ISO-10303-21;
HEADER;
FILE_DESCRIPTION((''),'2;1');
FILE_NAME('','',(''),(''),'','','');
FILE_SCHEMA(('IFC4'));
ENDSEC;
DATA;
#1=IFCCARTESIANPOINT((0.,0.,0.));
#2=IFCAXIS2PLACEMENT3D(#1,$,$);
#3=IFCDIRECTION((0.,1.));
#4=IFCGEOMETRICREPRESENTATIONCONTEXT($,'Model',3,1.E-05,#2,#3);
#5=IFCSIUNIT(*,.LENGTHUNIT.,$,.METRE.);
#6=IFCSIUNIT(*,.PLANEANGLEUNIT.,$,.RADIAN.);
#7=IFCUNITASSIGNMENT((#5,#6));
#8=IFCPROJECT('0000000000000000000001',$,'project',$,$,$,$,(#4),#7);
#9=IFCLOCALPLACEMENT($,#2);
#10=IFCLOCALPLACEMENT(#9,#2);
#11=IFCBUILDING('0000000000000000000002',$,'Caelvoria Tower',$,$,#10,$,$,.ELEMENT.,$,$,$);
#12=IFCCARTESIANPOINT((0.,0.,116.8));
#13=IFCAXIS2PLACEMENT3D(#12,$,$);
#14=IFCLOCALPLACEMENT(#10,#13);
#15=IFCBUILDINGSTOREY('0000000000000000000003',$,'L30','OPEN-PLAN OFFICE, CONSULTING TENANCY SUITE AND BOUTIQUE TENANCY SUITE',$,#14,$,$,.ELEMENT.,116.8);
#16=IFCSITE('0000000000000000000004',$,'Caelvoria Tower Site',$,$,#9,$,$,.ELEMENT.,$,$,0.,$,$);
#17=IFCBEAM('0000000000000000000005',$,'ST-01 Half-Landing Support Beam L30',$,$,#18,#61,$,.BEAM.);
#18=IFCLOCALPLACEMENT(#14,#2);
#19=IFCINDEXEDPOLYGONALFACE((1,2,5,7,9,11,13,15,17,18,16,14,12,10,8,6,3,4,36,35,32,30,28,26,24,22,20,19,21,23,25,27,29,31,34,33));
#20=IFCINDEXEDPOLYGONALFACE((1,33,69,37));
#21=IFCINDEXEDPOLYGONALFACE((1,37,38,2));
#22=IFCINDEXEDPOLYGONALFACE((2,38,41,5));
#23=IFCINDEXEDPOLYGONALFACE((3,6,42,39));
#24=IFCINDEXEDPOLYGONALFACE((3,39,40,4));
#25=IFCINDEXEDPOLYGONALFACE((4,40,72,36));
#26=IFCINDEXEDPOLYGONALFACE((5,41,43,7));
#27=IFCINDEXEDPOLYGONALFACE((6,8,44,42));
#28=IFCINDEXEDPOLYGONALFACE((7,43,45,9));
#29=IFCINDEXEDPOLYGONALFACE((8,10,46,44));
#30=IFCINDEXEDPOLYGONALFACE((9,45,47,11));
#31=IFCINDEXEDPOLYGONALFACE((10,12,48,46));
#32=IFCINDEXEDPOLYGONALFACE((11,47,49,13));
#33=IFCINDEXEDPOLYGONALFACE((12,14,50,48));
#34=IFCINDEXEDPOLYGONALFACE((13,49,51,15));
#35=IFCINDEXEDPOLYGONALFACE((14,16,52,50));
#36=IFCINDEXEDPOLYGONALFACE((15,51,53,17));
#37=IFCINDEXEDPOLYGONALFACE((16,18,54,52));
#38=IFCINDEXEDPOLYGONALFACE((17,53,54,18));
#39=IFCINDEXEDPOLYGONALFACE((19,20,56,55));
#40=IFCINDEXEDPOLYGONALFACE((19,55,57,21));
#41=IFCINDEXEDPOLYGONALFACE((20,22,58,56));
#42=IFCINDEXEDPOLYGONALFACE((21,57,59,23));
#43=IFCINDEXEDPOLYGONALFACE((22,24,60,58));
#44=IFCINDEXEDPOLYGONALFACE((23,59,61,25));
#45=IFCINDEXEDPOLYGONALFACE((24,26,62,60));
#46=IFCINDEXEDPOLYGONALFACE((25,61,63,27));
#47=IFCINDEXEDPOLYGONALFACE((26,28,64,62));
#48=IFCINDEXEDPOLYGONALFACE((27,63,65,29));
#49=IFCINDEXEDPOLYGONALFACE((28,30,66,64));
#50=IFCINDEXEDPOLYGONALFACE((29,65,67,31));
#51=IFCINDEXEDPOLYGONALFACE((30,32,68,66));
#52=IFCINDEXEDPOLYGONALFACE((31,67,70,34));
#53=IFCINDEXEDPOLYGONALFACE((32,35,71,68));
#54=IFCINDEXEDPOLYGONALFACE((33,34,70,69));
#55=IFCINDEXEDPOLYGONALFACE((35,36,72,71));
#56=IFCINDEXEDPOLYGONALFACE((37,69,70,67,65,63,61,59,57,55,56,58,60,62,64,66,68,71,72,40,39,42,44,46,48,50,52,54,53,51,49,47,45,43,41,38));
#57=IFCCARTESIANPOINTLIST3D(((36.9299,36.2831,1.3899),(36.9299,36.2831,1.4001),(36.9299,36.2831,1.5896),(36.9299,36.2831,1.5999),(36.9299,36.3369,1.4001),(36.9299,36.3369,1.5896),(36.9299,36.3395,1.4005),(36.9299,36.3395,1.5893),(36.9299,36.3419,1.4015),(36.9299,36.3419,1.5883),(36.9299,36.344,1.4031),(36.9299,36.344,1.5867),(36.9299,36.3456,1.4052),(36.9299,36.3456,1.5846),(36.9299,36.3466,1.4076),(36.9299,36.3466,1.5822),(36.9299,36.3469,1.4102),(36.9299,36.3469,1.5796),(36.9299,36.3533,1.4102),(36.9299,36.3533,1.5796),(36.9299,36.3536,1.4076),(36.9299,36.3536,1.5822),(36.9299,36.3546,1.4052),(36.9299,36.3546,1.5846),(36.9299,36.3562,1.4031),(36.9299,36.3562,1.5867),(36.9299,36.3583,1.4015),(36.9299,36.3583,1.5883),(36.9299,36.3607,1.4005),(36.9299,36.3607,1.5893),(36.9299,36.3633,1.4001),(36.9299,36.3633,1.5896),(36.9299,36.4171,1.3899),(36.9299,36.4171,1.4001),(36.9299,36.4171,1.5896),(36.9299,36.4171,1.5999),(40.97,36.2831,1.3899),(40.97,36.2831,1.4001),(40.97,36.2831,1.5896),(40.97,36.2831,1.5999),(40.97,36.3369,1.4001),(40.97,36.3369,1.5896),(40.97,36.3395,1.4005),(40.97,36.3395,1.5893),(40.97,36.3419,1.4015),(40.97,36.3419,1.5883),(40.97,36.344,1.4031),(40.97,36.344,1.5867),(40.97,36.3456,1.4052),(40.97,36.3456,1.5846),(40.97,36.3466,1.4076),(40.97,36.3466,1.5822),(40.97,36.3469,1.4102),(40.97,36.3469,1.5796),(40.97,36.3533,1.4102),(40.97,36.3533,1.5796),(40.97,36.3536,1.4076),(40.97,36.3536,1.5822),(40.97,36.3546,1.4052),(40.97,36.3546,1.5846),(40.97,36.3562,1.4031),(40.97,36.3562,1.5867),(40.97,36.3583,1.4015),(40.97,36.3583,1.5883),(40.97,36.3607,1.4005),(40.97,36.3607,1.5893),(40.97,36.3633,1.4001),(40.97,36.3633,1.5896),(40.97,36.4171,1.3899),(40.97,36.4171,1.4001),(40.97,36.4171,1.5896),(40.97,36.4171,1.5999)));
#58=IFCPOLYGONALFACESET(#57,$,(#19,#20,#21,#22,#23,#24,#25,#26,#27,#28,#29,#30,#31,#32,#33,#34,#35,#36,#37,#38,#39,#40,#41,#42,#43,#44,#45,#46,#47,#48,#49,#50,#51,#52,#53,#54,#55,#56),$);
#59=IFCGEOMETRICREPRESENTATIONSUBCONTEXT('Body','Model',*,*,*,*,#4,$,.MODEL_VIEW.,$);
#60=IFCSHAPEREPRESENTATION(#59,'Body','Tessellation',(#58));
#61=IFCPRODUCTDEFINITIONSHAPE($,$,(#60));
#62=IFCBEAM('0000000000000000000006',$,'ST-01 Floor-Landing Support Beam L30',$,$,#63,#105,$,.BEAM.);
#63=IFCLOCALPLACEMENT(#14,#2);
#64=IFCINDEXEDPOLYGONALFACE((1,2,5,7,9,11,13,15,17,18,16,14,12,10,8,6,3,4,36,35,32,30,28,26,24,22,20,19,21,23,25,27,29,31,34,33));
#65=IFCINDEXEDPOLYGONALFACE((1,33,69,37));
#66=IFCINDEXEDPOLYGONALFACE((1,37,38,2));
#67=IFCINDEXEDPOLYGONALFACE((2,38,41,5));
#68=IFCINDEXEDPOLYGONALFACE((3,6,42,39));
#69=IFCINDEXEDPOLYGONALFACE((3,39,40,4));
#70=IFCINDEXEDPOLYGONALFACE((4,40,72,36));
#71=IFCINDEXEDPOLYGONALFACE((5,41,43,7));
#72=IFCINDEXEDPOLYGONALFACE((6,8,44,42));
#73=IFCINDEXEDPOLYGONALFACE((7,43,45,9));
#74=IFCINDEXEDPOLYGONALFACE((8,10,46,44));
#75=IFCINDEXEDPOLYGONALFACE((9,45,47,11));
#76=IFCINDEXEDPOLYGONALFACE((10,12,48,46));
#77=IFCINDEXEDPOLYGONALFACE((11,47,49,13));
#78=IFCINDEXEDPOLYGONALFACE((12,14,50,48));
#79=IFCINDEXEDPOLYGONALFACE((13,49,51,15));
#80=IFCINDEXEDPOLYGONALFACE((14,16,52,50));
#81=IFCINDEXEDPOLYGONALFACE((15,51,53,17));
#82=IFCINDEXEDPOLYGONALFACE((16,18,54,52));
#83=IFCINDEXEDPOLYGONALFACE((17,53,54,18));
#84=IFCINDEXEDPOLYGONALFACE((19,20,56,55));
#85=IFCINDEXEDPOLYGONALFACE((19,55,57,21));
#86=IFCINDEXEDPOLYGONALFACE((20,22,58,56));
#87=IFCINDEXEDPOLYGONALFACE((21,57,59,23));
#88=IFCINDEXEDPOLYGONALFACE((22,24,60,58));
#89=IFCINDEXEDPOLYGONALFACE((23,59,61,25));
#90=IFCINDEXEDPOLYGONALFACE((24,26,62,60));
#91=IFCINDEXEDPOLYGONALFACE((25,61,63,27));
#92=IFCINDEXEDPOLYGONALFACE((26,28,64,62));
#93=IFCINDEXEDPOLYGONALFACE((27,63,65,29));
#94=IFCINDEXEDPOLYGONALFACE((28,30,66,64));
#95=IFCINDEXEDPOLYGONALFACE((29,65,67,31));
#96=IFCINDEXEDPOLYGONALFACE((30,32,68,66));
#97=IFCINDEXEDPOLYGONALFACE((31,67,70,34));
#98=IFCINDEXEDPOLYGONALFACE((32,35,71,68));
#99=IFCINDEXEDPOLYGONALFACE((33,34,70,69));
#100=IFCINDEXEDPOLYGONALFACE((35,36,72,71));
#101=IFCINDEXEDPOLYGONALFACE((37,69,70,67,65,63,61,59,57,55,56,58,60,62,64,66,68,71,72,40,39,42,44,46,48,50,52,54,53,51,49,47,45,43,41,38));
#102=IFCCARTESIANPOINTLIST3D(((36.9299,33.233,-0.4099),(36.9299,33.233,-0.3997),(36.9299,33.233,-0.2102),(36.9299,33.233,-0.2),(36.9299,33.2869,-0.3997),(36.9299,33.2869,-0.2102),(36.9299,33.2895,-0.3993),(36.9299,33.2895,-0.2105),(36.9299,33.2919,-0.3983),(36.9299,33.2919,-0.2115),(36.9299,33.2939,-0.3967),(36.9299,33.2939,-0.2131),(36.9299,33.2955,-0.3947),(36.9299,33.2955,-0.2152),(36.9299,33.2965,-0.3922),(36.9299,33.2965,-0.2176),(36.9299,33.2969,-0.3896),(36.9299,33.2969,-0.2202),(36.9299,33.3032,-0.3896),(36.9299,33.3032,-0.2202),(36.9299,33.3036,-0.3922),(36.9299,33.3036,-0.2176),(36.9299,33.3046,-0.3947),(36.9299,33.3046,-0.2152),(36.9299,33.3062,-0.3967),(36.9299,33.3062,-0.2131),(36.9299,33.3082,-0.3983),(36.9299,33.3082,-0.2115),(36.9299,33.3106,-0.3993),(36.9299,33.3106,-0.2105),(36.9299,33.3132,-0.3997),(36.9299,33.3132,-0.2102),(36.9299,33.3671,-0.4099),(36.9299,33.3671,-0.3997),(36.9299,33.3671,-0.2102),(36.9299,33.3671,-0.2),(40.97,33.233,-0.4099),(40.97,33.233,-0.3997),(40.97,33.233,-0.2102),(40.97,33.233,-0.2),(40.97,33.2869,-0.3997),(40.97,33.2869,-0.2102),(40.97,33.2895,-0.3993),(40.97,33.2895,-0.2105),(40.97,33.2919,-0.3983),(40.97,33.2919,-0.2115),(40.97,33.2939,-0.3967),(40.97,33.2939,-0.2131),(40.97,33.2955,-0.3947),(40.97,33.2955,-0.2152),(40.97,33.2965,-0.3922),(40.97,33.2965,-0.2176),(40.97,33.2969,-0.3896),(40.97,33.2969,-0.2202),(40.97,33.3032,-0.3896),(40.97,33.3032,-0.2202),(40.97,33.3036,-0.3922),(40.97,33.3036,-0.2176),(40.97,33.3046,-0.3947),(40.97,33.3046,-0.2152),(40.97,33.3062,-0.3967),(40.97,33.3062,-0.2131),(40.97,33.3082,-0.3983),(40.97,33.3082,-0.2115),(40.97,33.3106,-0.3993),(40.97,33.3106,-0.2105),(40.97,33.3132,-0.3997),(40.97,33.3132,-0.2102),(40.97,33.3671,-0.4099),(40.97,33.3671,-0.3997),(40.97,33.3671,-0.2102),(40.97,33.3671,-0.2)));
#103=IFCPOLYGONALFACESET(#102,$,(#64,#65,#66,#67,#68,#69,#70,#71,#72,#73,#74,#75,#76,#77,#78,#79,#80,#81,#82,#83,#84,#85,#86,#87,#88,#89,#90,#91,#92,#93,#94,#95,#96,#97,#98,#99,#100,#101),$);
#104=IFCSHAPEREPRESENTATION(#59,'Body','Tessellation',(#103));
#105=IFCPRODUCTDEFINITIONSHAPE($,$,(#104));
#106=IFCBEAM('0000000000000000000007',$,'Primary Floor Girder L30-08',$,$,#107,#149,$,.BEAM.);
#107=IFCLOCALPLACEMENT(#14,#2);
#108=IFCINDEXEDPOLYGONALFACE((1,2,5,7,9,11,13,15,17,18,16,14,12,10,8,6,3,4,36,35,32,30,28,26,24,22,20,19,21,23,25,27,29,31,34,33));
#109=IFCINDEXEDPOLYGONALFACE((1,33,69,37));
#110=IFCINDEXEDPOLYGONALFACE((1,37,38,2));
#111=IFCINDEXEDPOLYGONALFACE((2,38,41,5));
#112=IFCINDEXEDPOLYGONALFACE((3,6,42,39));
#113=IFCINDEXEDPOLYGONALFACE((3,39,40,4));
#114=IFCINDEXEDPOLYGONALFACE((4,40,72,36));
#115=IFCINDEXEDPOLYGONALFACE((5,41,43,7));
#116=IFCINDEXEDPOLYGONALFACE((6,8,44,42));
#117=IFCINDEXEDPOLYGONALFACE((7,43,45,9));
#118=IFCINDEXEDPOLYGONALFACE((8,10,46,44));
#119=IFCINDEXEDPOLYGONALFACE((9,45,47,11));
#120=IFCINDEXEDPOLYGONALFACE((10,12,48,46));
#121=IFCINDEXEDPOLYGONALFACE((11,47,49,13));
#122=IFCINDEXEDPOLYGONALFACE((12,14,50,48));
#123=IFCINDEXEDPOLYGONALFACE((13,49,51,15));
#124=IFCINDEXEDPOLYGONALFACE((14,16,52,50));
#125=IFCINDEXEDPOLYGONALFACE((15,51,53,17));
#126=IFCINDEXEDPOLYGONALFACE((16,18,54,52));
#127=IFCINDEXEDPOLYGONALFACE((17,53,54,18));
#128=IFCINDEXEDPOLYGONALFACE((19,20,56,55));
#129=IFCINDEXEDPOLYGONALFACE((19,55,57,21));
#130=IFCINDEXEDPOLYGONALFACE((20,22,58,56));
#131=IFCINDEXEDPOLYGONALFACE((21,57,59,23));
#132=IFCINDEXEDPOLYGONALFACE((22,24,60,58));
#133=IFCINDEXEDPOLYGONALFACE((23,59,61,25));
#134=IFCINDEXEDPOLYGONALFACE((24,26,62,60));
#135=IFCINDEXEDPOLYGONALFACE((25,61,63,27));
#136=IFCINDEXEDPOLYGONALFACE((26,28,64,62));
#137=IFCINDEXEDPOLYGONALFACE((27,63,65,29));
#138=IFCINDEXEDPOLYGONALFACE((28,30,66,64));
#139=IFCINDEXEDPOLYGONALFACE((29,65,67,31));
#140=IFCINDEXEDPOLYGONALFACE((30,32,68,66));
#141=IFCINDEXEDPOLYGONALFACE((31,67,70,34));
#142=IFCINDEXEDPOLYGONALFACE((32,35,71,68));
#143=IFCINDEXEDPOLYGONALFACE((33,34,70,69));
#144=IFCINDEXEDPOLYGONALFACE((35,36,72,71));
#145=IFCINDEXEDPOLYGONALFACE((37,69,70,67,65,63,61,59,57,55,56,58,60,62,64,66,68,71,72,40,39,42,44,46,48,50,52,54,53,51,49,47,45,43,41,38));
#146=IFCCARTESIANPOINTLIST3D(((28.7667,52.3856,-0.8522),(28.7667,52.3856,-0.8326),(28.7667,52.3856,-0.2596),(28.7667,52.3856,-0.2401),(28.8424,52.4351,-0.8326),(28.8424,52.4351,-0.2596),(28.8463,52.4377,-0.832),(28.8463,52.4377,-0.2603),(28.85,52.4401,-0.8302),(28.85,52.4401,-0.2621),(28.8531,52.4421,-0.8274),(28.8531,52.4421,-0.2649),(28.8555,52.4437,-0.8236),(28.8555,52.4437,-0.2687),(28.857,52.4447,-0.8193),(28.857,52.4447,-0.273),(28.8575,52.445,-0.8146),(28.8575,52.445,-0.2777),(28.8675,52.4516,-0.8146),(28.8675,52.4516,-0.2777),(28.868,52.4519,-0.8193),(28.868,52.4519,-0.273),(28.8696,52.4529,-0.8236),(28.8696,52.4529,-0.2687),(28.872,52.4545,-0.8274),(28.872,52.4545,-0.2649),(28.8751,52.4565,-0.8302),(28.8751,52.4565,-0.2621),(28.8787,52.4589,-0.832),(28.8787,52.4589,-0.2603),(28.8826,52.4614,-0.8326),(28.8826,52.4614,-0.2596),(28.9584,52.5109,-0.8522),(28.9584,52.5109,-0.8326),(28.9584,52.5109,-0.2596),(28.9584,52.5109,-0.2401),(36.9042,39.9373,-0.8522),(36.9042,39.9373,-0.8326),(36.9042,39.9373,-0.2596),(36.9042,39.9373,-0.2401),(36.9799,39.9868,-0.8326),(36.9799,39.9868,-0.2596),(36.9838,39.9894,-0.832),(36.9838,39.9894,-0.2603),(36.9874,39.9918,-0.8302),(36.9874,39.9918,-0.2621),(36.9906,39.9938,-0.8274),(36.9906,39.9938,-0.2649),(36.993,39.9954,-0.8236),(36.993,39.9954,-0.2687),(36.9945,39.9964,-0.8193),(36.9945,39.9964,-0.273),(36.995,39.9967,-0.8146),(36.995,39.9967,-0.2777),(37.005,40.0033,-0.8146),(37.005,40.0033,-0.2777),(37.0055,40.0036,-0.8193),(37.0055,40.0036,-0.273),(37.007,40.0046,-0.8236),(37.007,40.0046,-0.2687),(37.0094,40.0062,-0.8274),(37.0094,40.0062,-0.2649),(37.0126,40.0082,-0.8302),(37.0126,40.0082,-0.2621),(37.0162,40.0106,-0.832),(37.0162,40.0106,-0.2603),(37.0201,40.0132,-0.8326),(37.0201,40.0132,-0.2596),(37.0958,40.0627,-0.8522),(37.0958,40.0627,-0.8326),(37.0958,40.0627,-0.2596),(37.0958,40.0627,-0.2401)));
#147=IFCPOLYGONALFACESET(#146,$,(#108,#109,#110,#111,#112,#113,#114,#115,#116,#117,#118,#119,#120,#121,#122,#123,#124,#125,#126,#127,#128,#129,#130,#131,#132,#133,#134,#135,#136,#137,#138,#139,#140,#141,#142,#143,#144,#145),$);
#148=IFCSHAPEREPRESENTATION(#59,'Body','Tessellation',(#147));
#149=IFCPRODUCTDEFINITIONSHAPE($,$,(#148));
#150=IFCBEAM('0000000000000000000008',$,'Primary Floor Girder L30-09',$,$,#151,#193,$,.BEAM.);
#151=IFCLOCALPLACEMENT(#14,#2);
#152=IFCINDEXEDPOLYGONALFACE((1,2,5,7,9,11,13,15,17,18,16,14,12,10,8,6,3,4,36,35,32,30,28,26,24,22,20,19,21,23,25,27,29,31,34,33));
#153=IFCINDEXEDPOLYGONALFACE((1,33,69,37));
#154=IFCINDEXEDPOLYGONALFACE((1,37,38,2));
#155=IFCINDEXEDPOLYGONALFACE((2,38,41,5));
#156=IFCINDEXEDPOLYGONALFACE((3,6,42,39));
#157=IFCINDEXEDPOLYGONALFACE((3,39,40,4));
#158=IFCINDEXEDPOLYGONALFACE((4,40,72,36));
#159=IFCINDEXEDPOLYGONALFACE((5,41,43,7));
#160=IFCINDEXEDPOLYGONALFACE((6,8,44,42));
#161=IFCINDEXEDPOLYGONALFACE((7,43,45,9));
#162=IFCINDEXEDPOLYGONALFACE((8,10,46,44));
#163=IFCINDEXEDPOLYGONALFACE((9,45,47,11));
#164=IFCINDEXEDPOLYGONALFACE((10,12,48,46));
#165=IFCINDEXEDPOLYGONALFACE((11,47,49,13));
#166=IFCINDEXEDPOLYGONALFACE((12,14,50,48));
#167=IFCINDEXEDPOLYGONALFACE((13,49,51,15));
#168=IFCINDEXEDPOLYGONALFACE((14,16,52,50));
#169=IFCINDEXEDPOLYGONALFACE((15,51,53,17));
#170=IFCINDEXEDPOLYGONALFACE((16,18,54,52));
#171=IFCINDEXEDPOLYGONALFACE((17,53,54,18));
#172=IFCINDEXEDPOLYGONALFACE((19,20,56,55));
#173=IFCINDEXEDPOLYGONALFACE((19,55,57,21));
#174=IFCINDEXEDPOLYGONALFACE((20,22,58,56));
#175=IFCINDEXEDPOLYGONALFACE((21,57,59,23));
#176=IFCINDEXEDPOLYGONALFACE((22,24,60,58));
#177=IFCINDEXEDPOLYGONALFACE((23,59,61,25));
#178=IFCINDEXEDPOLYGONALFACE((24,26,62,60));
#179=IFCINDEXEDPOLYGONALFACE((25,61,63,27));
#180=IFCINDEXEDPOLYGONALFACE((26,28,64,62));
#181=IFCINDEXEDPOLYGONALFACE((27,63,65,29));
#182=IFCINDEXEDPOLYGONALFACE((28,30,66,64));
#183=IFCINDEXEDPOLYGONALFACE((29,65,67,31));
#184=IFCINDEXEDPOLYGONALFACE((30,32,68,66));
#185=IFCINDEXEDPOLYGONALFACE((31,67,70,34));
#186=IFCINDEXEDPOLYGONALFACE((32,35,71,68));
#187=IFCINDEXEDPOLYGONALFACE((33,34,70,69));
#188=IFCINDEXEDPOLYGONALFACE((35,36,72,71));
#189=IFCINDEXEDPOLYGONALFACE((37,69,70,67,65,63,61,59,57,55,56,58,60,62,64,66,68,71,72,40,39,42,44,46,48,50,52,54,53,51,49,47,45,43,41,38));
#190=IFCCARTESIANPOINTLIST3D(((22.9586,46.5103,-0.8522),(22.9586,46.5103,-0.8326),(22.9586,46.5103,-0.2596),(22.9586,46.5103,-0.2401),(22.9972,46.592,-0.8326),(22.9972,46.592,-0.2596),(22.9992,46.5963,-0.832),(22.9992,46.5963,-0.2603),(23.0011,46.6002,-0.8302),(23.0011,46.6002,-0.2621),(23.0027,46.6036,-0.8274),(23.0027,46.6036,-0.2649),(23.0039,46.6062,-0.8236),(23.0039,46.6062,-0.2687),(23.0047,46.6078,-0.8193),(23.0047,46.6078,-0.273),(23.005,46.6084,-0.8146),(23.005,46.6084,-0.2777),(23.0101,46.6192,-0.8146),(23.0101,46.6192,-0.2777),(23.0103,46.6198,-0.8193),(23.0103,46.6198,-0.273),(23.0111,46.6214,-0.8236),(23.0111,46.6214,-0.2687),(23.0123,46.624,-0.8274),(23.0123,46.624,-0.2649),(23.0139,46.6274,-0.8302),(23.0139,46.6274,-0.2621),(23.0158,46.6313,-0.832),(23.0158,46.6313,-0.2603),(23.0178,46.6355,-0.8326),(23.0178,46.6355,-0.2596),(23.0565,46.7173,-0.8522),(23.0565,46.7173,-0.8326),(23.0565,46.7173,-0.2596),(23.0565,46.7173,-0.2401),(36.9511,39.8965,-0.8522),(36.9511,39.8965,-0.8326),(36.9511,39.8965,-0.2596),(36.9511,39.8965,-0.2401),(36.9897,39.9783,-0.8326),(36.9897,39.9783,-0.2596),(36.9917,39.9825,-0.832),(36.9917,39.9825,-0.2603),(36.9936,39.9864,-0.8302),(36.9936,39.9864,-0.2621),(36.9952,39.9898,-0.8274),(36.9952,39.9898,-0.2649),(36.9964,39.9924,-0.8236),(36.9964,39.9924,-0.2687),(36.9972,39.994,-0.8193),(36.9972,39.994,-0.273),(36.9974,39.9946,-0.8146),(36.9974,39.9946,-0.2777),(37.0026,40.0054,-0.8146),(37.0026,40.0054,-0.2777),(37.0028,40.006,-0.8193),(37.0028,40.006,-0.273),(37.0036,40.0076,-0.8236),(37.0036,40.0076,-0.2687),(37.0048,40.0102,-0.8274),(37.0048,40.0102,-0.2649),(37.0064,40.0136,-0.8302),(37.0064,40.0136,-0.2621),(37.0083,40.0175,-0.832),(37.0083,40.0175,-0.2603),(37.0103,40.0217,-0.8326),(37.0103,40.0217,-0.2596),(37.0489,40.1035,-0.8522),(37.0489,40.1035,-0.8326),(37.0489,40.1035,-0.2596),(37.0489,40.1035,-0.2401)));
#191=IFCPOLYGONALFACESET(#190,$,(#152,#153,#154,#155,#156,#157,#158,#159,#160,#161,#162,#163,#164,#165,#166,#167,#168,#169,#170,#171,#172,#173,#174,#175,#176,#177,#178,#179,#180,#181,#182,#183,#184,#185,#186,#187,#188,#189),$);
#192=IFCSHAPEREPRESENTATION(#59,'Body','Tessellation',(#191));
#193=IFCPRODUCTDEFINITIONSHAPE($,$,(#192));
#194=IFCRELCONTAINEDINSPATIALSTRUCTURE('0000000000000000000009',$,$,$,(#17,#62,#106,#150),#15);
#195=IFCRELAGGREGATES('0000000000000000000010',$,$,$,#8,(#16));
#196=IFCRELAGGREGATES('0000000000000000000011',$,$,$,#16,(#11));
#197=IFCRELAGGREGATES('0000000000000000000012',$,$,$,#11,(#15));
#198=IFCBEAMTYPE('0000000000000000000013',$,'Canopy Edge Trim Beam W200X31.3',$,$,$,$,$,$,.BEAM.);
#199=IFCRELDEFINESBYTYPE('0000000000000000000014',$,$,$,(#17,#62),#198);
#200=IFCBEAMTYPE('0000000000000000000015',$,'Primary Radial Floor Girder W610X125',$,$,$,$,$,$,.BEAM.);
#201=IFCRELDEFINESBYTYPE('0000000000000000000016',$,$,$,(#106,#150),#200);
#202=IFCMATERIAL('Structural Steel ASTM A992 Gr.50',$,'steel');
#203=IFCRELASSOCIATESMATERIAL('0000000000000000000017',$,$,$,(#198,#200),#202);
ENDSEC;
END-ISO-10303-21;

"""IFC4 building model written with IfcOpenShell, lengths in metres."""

from ifc_helpers import new_model, si_unit, direction, frame, origin, origin_2d, place, context, subcontext, project, spatial, i_section, extrude, material, material_profile, profile_set, type_object, element, save


model = new_model("IFC4")

# Units and contexts
model_context = context("Model", 3, precision=1e-05, world=origin(), true_north=direction((0.0, 1.0)))
body_context = subcontext(model_context, "Body", "Model", "MODEL_VIEW")
ifc_project = project(units=[si_unit("LENGTHUNIT", "METRE"), si_unit("PLANEANGLEUNIT", "RADIAN")], contexts=[model_context])

# Site, building, storey
site_placement = place(None, origin())
site = spatial("IfcSite", under=ifc_project, at=site_placement, Name="Caelvoria Tower Site", CompositionType="ELEMENT", RefElevation=0.0)
building_placement = place(site_placement, origin())
building = spatial("IfcBuilding", under=site, at=building_placement, Name="Caelvoria Tower", CompositionType="ELEMENT")
storey_placement = place(building_placement, frame((0.0, 0.0, 116.8)))
storey = spatial("IfcBuildingStorey", under=building, at=storey_placement, Name="L30", Description="OPEN-PLAN OFFICE, CONSULTING TENANCY SUITE AND BOUTIQUE TENANCY SUITE", CompositionType="ELEMENT", Elevation=116.8)

# Beams
ifc_material_1 = material(Name="Structural Steel ASTM A992 Gr.50", Category="steel")
ifc_material_profile_1 = material_profile(ifc_material_1, i_section(OverallWidth=0.134, OverallDepth=0.21, WebThickness=0.0063, FlangeThickness=0.0103, FilletRadius=0.01, at=origin_2d()), Name="Structural Steel ASTM A992 Gr.50")
ifc_profile_set_1 = profile_set([ifc_material_profile_1], Name="W200X31.3 - Structural Steel ASTM A992 Gr.50")
beam_type_1 = type_object("IfcBeamType", Name="Canopy Edge Trim Beam W200X31.3", PredefinedType="BEAM", material=ifc_profile_set_1)
for number, where, z_axis, x_axis, name in (
    (1, (36.9299, 36.3501, 1.4949), (1.0, 0.0, 0.0), (0.0, 1.0, 0.0), "ST-01 Half-Landing Support Beam L30"),
    (2, (36.9299, 33.3, -0.3049), (1.0, 0.0, 0.0), (0.0, 1.0, 0.0), "ST-01 Floor-Landing Support Beam L30"),
):
    element("IfcBeam", number, at=place(storey_placement, frame(where, z_axis=z_axis, x_axis=x_axis)), inside=storey, type_object=beam_type_1, Name=name, PredefinedType="BEAM", context=body_context, shape_type="SweptSolid", body=[
        extrude(i_section(OverallWidth=0.134, OverallDepth=0.21, WebThickness=0.0063, FlangeThickness=0.0103, FilletRadius=0.01, at=origin_2d()), origin(), (0.0, 0.0, 1.0), 4.04),
    ])
ifc_material_profile_2 = material_profile(ifc_material_1, i_section(OverallWidth=0.229, OverallDepth=0.6121, WebThickness=0.012, FlangeThickness=0.0195, FilletRadius=0.0181, at=origin_2d()), Name="Structural Steel ASTM A992 Gr.50")
ifc_profile_set_2 = profile_set([ifc_material_profile_2], Name="W610X125 - Structural Steel ASTM A992 Gr.50")
beam_type_2 = type_object("IfcBeamType", Name="Primary Radial Floor Girder W610X125", PredefinedType="BEAM", material=ifc_profile_set_2)
beam_1_placement = place(storey_placement, frame((37.0, 40.0, -0.5461), z_axis=(-0.547165, 0.837025, 0.0), x_axis=(-0.837025, -0.547165, 0.0)))
element("IfcBeam", 3, at=beam_1_placement, inside=storey, type_object=beam_type_2, Name="Primary Floor Girder L30-08", PredefinedType="BEAM", context=body_context, shape_type="SweptSolid", body=[
    extrude(i_section(OverallWidth=0.229, OverallDepth=0.6121, WebThickness=0.012, FlangeThickness=0.0195, FilletRadius=0.0181, at=origin_2d()), origin(), (0.0, 0.0, 1.0), 14.8721),
])
beam_2_placement = place(storey_placement, frame((37.0, 40.0, -0.5461), z_axis=(-0.904093, 0.427336, 0.0), x_axis=(-0.427336, -0.904093, 0.0)))
element("IfcBeam", 4, at=beam_2_placement, inside=storey, type_object=beam_type_2, Name="Primary Floor Girder L30-09", PredefinedType="BEAM", context=body_context, shape_type="SweptSolid", body=[
    extrude(i_section(OverallWidth=0.229, OverallDepth=0.6121, WebThickness=0.012, FlangeThickness=0.0195, FilletRadius=0.0181, at=origin_2d()), origin(), (0.0, 0.0, 1.0), 15.4768),
])

save(model, "model.ifc")
